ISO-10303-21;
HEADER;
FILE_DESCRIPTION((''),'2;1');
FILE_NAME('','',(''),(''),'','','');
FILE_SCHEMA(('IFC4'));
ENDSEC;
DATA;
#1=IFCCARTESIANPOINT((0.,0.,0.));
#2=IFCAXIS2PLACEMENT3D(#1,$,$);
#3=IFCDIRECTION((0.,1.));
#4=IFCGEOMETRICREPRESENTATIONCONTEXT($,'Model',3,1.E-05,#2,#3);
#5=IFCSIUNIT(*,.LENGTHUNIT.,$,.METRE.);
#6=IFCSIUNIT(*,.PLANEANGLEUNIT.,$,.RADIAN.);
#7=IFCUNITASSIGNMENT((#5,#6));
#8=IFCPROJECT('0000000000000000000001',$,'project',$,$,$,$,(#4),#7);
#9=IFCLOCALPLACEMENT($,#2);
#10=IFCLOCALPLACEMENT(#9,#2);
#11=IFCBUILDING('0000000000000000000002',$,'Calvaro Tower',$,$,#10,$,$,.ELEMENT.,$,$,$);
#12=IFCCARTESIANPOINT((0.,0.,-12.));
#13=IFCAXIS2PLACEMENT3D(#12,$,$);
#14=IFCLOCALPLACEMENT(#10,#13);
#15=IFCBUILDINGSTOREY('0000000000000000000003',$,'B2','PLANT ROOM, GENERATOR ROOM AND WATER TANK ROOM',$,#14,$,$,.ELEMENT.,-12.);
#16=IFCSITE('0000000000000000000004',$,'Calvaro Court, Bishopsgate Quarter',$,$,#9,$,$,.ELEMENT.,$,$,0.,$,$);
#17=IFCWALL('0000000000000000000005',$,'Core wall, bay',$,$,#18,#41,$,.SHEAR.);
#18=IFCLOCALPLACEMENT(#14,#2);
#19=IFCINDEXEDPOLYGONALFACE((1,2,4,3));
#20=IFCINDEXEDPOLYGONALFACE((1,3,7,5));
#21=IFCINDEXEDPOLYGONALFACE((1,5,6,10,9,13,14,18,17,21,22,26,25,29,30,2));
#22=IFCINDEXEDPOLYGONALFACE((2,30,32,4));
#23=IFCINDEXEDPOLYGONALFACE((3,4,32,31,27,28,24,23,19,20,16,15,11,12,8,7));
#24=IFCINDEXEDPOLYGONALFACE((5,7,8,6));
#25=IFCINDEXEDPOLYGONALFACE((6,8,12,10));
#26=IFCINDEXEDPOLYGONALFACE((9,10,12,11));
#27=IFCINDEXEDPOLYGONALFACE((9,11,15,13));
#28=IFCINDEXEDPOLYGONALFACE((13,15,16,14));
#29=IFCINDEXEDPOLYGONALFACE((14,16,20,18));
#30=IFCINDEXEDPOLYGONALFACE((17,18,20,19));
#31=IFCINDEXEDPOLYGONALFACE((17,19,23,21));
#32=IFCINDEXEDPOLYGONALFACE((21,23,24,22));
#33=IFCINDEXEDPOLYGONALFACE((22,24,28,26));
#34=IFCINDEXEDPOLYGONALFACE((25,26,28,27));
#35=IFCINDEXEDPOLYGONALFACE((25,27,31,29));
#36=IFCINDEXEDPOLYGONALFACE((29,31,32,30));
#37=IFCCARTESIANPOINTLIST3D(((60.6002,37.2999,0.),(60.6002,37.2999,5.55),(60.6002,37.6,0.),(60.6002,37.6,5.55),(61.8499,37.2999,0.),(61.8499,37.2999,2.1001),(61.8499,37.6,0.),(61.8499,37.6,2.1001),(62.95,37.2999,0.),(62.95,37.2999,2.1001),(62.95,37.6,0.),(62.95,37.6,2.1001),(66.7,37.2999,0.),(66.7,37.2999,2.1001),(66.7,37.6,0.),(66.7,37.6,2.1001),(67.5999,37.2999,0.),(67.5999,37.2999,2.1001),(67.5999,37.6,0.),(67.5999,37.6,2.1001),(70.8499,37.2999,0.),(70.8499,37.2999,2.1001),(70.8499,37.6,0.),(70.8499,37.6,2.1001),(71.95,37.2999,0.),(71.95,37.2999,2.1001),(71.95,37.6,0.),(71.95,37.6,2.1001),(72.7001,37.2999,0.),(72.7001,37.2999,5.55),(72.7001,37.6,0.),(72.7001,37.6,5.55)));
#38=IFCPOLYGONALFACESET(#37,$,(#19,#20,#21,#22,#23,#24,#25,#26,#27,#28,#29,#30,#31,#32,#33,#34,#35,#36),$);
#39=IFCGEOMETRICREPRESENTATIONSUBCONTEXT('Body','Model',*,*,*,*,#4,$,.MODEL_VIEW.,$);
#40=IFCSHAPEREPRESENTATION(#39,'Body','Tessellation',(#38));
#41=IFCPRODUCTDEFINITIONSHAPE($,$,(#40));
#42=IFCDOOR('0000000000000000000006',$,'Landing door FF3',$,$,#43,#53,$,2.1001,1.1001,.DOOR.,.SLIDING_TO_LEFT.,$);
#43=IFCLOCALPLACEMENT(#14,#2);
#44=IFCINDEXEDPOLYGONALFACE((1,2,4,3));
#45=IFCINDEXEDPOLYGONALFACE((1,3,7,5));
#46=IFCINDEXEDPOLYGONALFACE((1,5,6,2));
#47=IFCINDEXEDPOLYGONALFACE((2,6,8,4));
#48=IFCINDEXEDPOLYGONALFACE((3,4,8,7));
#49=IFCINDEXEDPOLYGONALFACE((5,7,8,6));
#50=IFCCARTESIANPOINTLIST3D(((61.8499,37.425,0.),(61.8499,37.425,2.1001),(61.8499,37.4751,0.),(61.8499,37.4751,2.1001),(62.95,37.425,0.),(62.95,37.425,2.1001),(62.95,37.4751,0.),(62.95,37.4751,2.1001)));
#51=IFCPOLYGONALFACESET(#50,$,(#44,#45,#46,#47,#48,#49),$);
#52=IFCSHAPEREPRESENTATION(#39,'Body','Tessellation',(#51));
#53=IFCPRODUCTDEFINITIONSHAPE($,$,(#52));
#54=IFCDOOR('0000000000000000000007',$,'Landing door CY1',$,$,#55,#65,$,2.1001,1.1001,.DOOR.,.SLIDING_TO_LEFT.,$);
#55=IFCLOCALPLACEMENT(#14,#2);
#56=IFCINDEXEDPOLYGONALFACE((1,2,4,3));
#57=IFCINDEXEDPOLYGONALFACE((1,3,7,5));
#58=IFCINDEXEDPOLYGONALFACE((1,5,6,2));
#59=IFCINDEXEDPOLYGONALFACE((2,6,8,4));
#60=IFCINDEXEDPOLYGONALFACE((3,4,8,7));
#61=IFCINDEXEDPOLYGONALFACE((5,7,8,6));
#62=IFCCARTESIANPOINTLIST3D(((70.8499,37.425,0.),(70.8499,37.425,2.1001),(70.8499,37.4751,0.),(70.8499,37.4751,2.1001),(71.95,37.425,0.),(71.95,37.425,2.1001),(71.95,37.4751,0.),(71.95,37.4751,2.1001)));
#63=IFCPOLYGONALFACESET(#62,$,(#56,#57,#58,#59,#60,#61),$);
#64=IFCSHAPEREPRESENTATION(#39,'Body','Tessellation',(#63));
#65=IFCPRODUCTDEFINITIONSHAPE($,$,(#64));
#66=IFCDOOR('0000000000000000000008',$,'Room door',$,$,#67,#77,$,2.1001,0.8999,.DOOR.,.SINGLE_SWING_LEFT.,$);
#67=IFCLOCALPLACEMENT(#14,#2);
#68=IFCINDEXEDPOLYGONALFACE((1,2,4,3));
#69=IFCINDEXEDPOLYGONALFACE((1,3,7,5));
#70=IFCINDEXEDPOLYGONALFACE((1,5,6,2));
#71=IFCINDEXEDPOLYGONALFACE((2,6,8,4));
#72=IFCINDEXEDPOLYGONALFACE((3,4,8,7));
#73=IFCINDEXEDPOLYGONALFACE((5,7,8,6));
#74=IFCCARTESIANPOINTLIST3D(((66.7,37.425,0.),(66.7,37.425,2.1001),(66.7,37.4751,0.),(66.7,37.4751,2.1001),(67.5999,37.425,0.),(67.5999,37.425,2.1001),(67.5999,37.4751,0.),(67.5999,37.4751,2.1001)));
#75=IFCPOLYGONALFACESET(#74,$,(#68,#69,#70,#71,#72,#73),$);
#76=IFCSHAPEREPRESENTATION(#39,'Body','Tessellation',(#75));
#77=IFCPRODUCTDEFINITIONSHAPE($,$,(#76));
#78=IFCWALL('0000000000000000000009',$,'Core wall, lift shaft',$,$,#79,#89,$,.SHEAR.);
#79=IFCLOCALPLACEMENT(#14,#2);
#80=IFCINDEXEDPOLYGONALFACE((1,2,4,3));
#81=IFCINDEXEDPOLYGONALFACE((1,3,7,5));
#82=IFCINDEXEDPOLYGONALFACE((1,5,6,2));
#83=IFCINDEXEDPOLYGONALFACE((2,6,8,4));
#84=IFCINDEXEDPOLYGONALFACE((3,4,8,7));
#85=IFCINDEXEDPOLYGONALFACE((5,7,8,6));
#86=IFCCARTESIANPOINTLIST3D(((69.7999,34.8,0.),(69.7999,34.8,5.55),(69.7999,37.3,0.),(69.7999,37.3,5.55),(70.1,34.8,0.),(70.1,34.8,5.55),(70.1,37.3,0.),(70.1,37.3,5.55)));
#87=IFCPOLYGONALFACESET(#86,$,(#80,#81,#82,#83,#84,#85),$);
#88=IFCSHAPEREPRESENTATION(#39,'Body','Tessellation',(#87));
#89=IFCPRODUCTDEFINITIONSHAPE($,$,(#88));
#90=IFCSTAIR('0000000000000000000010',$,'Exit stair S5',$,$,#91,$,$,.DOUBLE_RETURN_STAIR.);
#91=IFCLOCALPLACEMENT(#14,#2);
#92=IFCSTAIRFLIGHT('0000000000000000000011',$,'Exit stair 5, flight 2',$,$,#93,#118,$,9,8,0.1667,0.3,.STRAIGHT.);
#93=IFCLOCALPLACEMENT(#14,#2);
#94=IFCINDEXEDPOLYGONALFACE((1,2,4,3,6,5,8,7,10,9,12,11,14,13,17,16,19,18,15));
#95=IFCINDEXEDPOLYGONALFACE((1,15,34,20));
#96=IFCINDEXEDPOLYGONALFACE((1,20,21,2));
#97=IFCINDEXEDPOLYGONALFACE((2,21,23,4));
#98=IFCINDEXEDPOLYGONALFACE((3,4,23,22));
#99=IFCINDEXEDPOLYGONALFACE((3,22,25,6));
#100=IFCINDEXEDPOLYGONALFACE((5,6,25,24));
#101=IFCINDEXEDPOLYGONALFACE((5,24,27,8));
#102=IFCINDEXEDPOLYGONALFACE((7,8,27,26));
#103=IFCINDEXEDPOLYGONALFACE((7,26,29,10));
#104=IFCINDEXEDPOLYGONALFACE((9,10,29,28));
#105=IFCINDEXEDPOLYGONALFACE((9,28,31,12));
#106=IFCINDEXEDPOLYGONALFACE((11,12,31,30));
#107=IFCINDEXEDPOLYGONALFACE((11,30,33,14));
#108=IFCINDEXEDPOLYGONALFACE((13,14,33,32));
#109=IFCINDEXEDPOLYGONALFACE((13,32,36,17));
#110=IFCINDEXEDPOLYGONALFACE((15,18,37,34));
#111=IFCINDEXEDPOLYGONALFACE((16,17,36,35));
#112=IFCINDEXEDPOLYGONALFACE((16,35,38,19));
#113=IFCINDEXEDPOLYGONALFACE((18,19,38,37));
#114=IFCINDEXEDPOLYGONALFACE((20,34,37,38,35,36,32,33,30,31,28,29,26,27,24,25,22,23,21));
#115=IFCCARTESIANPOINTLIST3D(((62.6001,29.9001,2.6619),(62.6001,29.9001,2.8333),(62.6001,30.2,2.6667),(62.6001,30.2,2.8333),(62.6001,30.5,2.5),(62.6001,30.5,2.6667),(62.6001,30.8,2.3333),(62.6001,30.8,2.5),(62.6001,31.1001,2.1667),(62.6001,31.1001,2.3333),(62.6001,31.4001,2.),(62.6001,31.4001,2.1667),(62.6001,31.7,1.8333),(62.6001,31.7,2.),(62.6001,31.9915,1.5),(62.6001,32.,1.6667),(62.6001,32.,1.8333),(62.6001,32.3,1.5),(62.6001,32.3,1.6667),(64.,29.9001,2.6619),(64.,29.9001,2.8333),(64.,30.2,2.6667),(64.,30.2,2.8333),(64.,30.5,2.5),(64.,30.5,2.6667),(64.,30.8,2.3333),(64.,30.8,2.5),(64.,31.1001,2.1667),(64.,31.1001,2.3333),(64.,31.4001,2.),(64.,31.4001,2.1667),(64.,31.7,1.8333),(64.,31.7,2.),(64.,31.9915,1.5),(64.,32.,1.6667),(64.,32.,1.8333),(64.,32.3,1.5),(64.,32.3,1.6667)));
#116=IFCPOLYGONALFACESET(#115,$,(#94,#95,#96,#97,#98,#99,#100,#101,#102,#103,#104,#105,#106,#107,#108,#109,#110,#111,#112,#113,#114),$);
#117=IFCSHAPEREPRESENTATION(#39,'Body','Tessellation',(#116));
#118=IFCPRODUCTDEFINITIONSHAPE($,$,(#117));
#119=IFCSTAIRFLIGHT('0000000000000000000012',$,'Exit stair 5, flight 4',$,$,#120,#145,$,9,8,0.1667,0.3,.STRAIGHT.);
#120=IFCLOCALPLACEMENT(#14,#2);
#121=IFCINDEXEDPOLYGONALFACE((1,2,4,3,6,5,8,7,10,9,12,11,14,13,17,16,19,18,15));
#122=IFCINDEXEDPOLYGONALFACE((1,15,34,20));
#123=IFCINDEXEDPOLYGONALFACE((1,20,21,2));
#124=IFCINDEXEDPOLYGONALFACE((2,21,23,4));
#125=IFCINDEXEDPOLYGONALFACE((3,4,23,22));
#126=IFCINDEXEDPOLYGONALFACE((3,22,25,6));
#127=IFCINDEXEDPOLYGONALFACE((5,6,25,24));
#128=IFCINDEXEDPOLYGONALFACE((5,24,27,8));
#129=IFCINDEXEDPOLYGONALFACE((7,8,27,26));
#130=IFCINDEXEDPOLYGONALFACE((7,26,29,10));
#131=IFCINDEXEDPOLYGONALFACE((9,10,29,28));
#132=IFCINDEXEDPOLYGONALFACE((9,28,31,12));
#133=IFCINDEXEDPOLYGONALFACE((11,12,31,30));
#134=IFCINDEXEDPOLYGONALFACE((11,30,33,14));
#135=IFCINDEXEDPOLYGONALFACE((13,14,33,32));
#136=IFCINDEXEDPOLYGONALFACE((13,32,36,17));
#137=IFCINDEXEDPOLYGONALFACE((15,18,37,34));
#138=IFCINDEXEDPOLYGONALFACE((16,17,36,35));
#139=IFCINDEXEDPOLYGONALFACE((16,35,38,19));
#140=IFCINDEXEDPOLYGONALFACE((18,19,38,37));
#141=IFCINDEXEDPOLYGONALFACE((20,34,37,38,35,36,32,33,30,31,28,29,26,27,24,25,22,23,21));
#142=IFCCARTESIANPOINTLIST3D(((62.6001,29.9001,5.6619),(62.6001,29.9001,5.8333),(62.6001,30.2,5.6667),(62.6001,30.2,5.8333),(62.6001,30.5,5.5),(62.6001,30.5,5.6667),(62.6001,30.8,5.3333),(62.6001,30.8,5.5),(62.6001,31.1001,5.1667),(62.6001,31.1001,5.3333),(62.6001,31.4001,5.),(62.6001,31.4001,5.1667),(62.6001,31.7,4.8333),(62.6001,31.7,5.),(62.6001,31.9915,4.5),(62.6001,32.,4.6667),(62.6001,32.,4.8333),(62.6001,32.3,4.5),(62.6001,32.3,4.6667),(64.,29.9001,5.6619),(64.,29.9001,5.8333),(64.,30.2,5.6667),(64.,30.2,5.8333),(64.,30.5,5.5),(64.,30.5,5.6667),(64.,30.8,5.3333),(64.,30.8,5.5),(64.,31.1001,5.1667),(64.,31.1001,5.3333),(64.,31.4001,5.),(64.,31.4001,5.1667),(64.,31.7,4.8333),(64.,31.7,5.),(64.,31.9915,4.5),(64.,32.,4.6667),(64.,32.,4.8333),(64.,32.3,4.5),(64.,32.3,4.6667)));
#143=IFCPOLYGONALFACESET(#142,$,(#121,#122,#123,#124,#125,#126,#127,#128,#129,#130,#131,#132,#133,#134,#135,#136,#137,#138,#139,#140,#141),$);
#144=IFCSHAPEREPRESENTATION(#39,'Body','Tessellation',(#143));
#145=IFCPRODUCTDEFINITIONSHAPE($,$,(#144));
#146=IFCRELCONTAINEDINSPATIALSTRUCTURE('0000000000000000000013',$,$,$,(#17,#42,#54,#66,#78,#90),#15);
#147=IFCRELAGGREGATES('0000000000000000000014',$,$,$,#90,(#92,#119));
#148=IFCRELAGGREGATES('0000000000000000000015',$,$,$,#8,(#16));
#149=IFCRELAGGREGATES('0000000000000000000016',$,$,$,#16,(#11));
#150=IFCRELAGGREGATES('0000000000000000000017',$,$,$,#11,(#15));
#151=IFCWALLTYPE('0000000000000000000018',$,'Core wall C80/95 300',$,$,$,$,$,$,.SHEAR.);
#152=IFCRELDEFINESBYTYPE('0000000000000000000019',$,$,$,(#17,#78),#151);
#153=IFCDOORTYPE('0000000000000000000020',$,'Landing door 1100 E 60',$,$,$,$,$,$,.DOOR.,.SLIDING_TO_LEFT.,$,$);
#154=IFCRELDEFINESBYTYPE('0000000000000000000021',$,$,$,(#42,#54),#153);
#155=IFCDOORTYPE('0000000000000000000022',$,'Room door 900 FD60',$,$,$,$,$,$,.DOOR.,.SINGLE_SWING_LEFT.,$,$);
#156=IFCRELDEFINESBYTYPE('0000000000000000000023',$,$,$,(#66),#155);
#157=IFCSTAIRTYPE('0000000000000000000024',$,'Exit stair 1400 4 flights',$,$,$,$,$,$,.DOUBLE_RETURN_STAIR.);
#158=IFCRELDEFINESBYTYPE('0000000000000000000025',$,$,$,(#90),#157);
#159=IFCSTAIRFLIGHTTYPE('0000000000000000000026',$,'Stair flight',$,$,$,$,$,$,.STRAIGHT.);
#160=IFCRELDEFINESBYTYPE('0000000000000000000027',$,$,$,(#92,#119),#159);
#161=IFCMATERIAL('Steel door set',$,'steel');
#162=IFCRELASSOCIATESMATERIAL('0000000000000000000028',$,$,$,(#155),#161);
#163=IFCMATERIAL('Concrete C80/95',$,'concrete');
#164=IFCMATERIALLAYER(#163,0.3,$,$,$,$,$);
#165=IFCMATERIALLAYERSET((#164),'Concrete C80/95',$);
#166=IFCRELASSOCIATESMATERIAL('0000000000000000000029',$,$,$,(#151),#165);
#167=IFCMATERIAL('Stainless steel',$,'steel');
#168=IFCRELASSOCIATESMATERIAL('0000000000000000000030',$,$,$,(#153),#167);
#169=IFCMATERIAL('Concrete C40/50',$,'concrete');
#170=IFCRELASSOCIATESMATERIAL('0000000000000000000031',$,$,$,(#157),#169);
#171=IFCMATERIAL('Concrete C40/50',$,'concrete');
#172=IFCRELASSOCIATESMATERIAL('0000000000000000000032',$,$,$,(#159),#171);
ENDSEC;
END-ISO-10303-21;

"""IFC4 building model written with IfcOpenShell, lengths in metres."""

from ifc_helpers import new_model, si_unit, direction, frame, frame_2d, origin, place, context, subcontext, project, spatial, polyline, rectangle, outline, extrude, material, layer, layer_set, type_object, element, fill, aggregate, save


model = new_model("IFC4")

# Units and contexts
model_context = context("Model", 3, precision=1e-05, world=origin(), true_north=direction((0.0, 1.0)))
body_context = subcontext(model_context, "Body", "Model", "MODEL_VIEW")
ifc_project = project(units=[si_unit("LENGTHUNIT", "METRE"), si_unit("PLANEANGLEUNIT", "RADIAN")], contexts=[model_context])

# Site, building, storey
site_placement = place(None, origin())
site = spatial("IfcSite", under=ifc_project, at=site_placement, Name="Calvaro Court, Bishopsgate Quarter", CompositionType="ELEMENT", RefElevation=0.0)
building_placement = place(site_placement, origin())
building = spatial("IfcBuilding", under=site, at=building_placement, Name="Calvaro Tower", CompositionType="ELEMENT")
storey_placement = place(building_placement, frame((0.0, 0.0, -12.0)))
storey = spatial("IfcBuildingStorey", under=building, at=storey_placement, Name="B2", Description="PLANT ROOM, GENERATOR ROOM AND WATER TANK ROOM", CompositionType="ELEMENT", Elevation=-12.0)

# Shared definitions
ifc_material_1 = material(Name="Steel door set", Category="steel")
door_type_1 = type_object("IfcDoorType", Name="Room door 900 FD60", OperationType="SINGLE_SWING_LEFT", PredefinedType="DOOR", material=ifc_material_1)

# Shared definitions
ifc_material_2 = material(Name="Concrete C80/95", Category="concrete")
ifc_layer_1 = layer(ifc_material_2, 0.3)
ifc_layer_set_1 = layer_set([ifc_layer_1], Name="Concrete C80/95")
wall_type_1 = type_object("IfcWallType", Name="Core wall C80/95 300", PredefinedType="SHEAR", material=ifc_layer_set_1)

# Wall, openings, doors
wall_1_placement = place(storey_placement, frame((72.7, 37.45, 0.0), z_axis=(0.0, 0.0, 1.0), x_axis=(-1.0, 0.0, 0.0)))
wall_1 = element("IfcWall", 1, at=wall_1_placement, inside=storey, type_object=wall_type_1, Name="Core wall, bay", PredefinedType="SHEAR", context=body_context, shape_type="SweptSolid", body=[
    extrude(rectangle(XDim=12.0999, YDim=0.3, at=frame_2d((6.0498, 0.0))), origin(), (0.0, 0.0, 1.0), 5.55),
])
opening_1_placement = place(wall_1_placement, frame((5.1001, 0.0, 0.0)))
opening_1 = element("IfcOpeningElement", 2, at=opening_1_placement, cuts=wall_1, PredefinedType="OPENING", context=body_context, shape_type="SweptSolid", body=[
    extrude(rectangle(XDim=0.8999, YDim=2.1001, at=frame_2d((0.45, 1.05))), frame((0.0, 0.1599, 0.0), z_axis=(0.0, -1.0, 0.0), x_axis=(1.0, 0.0, 0.0)), (0.0, 0.0, 1.0), 0.3201),
])
opening_2_placement = place(wall_1_placement, frame((9.75, 0.0, 0.0)))
opening_2 = element("IfcOpeningElement", 3, at=opening_2_placement, cuts=wall_1, PredefinedType="OPENING", context=body_context, shape_type="SweptSolid", body=[
    extrude(rectangle(XDim=1.1001, YDim=2.1001, at=frame_2d((0.55, 1.05))), frame((0.0, 0.1599, 0.0), z_axis=(0.0, -1.0, 0.0), x_axis=(1.0, 0.0, 0.0)), (0.0, 0.0, 1.0), 0.3201),
])
opening_3_placement = place(wall_1_placement, frame((0.75, 0.0, 0.0)))
opening_3 = element("IfcOpeningElement", 4, at=opening_3_placement, cuts=wall_1, PredefinedType="OPENING", context=body_context, shape_type="SweptSolid", body=[
    extrude(rectangle(XDim=1.1001, YDim=2.1001, at=frame_2d((0.55, 1.05))), frame((0.0, 0.1599, 0.0), z_axis=(0.0, -1.0, 0.0), x_axis=(1.0, 0.0, 0.0)), (0.0, 0.0, 1.0), 0.3201),
])
ifc_material_3 = material(Name="Stainless steel", Category="steel")
door_type_2 = type_object("IfcDoorType", Name="Landing door 1100 E 60", OperationType="SLIDING_TO_LEFT", PredefinedType="DOOR", material=ifc_material_3)
door_1_placement = place(opening_2_placement, origin())
door_1 = element("IfcDoor", 5, at=door_1_placement, inside=storey, type_object=door_type_2, Name="Landing door FF3", OperationType="SLIDING_TO_LEFT", OverallHeight=2.1001, OverallWidth=1.1001, PredefinedType="DOOR", context=body_context, shape_type="SweptSolid", body=[
    extrude(rectangle(XDim=1.1001, YDim=2.1001, at=frame_2d((0.55, 1.05))), frame((0.0, 0.0249, 0.0), z_axis=(0.0, -1.0, 0.0), x_axis=(1.0, 0.0, 0.0)), (0.0, 0.0, 1.0), 0.05),
])
fill(opening_2, door_1)
door_2_placement = place(opening_3_placement, origin())
door_2 = element("IfcDoor", 6, at=door_2_placement, inside=storey, type_object=door_type_2, Name="Landing door CY1", OperationType="SLIDING_TO_LEFT", OverallHeight=2.1001, OverallWidth=1.1001, PredefinedType="DOOR", context=body_context, shape_type="SweptSolid", body=[
    extrude(rectangle(XDim=1.1001, YDim=2.1001, at=frame_2d((0.55, 1.05))), frame((0.0, 0.0249, 0.0), z_axis=(0.0, -1.0, 0.0), x_axis=(1.0, 0.0, 0.0)), (0.0, 0.0, 1.0), 0.05),
])
fill(opening_3, door_2)
door_3_placement = place(opening_1_placement, origin())
door_3 = element("IfcDoor", 7, at=door_3_placement, inside=storey, type_object=door_type_1, Name="Room door", OperationType="SINGLE_SWING_LEFT", OverallHeight=2.1001, OverallWidth=0.8999, PredefinedType="DOOR", context=body_context, shape_type="SweptSolid", body=[
    extrude(rectangle(XDim=0.8999, YDim=2.1001, at=frame_2d((0.45, 1.05))), frame((0.0, 0.0249, 0.0), z_axis=(0.0, -1.0, 0.0), x_axis=(1.0, 0.0, 0.0)), (0.0, 0.0, 1.0), 0.05),
])
fill(opening_1, door_3)

# Wall
wall_2_placement = place(storey_placement, frame((69.95, 34.8, 0.0), z_axis=(0.0, 0.0, 1.0), x_axis=(0.0, 1.0, 0.0)))
element("IfcWall", 8, at=wall_2_placement, inside=storey, type_object=wall_type_1, Name="Core wall, lift shaft", PredefinedType="SHEAR", context=body_context, shape_type="SweptSolid", body=[
    extrude(rectangle(XDim=2.5, YDim=0.3, at=frame_2d((1.25, 0.0))), origin(), (0.0, 0.0, 1.0), 5.55),
])

# Stair, stair flights
ifc_material_4 = material(Name="Concrete C40/50", Category="concrete")
stair_type = type_object("IfcStairType", Name="Exit stair 1400 4 flights", PredefinedType="DOUBLE_RETURN_STAIR", material=ifc_material_4)
stair_placement = place(storey_placement, origin())
stair = element("IfcStair", 9, at=stair_placement, inside=storey, type_object=stair_type, Name="Exit stair S5", PredefinedType="DOUBLE_RETURN_STAIR")
ifc_material_5 = material(Name="Concrete C40/50", Category="concrete")
stair_flight_type = type_object("IfcStairFlightType", Name="Stair flight", PredefinedType="STRAIGHT", material=ifc_material_5)
stair_flight_1_placement = place(storey_placement, frame((63.3, 32.3, 1.5), z_axis=(0.0, 0.0, 1.0), x_axis=(0.0, -1.0, 0.0)))
stair_flight_1 = element("IfcStairFlight", 10, at=stair_flight_1_placement, type_object=stair_flight_type, Name="Exit stair 5, flight 2", NumberOfRisers=9, NumberOfTreads=8, PredefinedType="STRAIGHT", RiserHeight=0.1667, TreadLength=0.3, context=body_context, shape_type="SweptSolid", body=[
    extrude(outline(polyline([(0.0, 0.0), (0.0, 0.1667), (0.3, 0.1667), (0.3, 0.3333), (0.6001, 0.3333), (0.6001, 0.5), (0.8999, 0.5), (0.8999, 0.6667), (1.2, 0.6667), (1.2, 0.8333), (1.5, 0.8333), (1.5, 1.0), (1.8, 1.0), (1.8, 1.1667), (2.1001, 1.1667), (2.1001, 1.3333), (2.3999, 1.3333), (2.3999, 1.5), (2.3999, 1.1619), (0.3086, 0.0), (0.0, 0.0)])), frame((0.0, 0.7, 0.0), z_axis=(0.0, -1.0, 0.0), x_axis=(1.0, 0.0, 0.0)), (0.0, 0.0, 1.0), 1.3999),
])
stair_flight_2_placement = place(storey_placement, frame((63.3, 32.3, 4.5), z_axis=(0.0, 0.0, 1.0), x_axis=(0.0, -1.0, 0.0)))
stair_flight_2 = element("IfcStairFlight", 11, at=stair_flight_2_placement, type_object=stair_flight_type, Name="Exit stair 5, flight 4", NumberOfRisers=9, NumberOfTreads=8, PredefinedType="STRAIGHT", RiserHeight=0.1667, TreadLength=0.3, context=body_context, shape_type="SweptSolid", body=[
    extrude(outline(polyline([(0.0, 0.0), (0.0, 0.1667), (0.3, 0.1667), (0.3, 0.3333), (0.6001, 0.3333), (0.6001, 0.5), (0.8999, 0.5), (0.8999, 0.6667), (1.2, 0.6667), (1.2, 0.8333), (1.5, 0.8333), (1.5, 1.0), (1.8, 1.0), (1.8, 1.1667), (2.1001, 1.1667), (2.1001, 1.3333), (2.3999, 1.3333), (2.3999, 1.5), (2.3999, 1.1619), (0.3086, 0.0), (0.0, 0.0)])), frame((0.0, 0.7, 0.0), z_axis=(0.0, -1.0, 0.0), x_axis=(1.0, 0.0, 0.0)), (0.0, 0.0, 1.0), 1.3999),
])
aggregate(stair, [stair_flight_1, stair_flight_2])

save(model, "model.ifc")
